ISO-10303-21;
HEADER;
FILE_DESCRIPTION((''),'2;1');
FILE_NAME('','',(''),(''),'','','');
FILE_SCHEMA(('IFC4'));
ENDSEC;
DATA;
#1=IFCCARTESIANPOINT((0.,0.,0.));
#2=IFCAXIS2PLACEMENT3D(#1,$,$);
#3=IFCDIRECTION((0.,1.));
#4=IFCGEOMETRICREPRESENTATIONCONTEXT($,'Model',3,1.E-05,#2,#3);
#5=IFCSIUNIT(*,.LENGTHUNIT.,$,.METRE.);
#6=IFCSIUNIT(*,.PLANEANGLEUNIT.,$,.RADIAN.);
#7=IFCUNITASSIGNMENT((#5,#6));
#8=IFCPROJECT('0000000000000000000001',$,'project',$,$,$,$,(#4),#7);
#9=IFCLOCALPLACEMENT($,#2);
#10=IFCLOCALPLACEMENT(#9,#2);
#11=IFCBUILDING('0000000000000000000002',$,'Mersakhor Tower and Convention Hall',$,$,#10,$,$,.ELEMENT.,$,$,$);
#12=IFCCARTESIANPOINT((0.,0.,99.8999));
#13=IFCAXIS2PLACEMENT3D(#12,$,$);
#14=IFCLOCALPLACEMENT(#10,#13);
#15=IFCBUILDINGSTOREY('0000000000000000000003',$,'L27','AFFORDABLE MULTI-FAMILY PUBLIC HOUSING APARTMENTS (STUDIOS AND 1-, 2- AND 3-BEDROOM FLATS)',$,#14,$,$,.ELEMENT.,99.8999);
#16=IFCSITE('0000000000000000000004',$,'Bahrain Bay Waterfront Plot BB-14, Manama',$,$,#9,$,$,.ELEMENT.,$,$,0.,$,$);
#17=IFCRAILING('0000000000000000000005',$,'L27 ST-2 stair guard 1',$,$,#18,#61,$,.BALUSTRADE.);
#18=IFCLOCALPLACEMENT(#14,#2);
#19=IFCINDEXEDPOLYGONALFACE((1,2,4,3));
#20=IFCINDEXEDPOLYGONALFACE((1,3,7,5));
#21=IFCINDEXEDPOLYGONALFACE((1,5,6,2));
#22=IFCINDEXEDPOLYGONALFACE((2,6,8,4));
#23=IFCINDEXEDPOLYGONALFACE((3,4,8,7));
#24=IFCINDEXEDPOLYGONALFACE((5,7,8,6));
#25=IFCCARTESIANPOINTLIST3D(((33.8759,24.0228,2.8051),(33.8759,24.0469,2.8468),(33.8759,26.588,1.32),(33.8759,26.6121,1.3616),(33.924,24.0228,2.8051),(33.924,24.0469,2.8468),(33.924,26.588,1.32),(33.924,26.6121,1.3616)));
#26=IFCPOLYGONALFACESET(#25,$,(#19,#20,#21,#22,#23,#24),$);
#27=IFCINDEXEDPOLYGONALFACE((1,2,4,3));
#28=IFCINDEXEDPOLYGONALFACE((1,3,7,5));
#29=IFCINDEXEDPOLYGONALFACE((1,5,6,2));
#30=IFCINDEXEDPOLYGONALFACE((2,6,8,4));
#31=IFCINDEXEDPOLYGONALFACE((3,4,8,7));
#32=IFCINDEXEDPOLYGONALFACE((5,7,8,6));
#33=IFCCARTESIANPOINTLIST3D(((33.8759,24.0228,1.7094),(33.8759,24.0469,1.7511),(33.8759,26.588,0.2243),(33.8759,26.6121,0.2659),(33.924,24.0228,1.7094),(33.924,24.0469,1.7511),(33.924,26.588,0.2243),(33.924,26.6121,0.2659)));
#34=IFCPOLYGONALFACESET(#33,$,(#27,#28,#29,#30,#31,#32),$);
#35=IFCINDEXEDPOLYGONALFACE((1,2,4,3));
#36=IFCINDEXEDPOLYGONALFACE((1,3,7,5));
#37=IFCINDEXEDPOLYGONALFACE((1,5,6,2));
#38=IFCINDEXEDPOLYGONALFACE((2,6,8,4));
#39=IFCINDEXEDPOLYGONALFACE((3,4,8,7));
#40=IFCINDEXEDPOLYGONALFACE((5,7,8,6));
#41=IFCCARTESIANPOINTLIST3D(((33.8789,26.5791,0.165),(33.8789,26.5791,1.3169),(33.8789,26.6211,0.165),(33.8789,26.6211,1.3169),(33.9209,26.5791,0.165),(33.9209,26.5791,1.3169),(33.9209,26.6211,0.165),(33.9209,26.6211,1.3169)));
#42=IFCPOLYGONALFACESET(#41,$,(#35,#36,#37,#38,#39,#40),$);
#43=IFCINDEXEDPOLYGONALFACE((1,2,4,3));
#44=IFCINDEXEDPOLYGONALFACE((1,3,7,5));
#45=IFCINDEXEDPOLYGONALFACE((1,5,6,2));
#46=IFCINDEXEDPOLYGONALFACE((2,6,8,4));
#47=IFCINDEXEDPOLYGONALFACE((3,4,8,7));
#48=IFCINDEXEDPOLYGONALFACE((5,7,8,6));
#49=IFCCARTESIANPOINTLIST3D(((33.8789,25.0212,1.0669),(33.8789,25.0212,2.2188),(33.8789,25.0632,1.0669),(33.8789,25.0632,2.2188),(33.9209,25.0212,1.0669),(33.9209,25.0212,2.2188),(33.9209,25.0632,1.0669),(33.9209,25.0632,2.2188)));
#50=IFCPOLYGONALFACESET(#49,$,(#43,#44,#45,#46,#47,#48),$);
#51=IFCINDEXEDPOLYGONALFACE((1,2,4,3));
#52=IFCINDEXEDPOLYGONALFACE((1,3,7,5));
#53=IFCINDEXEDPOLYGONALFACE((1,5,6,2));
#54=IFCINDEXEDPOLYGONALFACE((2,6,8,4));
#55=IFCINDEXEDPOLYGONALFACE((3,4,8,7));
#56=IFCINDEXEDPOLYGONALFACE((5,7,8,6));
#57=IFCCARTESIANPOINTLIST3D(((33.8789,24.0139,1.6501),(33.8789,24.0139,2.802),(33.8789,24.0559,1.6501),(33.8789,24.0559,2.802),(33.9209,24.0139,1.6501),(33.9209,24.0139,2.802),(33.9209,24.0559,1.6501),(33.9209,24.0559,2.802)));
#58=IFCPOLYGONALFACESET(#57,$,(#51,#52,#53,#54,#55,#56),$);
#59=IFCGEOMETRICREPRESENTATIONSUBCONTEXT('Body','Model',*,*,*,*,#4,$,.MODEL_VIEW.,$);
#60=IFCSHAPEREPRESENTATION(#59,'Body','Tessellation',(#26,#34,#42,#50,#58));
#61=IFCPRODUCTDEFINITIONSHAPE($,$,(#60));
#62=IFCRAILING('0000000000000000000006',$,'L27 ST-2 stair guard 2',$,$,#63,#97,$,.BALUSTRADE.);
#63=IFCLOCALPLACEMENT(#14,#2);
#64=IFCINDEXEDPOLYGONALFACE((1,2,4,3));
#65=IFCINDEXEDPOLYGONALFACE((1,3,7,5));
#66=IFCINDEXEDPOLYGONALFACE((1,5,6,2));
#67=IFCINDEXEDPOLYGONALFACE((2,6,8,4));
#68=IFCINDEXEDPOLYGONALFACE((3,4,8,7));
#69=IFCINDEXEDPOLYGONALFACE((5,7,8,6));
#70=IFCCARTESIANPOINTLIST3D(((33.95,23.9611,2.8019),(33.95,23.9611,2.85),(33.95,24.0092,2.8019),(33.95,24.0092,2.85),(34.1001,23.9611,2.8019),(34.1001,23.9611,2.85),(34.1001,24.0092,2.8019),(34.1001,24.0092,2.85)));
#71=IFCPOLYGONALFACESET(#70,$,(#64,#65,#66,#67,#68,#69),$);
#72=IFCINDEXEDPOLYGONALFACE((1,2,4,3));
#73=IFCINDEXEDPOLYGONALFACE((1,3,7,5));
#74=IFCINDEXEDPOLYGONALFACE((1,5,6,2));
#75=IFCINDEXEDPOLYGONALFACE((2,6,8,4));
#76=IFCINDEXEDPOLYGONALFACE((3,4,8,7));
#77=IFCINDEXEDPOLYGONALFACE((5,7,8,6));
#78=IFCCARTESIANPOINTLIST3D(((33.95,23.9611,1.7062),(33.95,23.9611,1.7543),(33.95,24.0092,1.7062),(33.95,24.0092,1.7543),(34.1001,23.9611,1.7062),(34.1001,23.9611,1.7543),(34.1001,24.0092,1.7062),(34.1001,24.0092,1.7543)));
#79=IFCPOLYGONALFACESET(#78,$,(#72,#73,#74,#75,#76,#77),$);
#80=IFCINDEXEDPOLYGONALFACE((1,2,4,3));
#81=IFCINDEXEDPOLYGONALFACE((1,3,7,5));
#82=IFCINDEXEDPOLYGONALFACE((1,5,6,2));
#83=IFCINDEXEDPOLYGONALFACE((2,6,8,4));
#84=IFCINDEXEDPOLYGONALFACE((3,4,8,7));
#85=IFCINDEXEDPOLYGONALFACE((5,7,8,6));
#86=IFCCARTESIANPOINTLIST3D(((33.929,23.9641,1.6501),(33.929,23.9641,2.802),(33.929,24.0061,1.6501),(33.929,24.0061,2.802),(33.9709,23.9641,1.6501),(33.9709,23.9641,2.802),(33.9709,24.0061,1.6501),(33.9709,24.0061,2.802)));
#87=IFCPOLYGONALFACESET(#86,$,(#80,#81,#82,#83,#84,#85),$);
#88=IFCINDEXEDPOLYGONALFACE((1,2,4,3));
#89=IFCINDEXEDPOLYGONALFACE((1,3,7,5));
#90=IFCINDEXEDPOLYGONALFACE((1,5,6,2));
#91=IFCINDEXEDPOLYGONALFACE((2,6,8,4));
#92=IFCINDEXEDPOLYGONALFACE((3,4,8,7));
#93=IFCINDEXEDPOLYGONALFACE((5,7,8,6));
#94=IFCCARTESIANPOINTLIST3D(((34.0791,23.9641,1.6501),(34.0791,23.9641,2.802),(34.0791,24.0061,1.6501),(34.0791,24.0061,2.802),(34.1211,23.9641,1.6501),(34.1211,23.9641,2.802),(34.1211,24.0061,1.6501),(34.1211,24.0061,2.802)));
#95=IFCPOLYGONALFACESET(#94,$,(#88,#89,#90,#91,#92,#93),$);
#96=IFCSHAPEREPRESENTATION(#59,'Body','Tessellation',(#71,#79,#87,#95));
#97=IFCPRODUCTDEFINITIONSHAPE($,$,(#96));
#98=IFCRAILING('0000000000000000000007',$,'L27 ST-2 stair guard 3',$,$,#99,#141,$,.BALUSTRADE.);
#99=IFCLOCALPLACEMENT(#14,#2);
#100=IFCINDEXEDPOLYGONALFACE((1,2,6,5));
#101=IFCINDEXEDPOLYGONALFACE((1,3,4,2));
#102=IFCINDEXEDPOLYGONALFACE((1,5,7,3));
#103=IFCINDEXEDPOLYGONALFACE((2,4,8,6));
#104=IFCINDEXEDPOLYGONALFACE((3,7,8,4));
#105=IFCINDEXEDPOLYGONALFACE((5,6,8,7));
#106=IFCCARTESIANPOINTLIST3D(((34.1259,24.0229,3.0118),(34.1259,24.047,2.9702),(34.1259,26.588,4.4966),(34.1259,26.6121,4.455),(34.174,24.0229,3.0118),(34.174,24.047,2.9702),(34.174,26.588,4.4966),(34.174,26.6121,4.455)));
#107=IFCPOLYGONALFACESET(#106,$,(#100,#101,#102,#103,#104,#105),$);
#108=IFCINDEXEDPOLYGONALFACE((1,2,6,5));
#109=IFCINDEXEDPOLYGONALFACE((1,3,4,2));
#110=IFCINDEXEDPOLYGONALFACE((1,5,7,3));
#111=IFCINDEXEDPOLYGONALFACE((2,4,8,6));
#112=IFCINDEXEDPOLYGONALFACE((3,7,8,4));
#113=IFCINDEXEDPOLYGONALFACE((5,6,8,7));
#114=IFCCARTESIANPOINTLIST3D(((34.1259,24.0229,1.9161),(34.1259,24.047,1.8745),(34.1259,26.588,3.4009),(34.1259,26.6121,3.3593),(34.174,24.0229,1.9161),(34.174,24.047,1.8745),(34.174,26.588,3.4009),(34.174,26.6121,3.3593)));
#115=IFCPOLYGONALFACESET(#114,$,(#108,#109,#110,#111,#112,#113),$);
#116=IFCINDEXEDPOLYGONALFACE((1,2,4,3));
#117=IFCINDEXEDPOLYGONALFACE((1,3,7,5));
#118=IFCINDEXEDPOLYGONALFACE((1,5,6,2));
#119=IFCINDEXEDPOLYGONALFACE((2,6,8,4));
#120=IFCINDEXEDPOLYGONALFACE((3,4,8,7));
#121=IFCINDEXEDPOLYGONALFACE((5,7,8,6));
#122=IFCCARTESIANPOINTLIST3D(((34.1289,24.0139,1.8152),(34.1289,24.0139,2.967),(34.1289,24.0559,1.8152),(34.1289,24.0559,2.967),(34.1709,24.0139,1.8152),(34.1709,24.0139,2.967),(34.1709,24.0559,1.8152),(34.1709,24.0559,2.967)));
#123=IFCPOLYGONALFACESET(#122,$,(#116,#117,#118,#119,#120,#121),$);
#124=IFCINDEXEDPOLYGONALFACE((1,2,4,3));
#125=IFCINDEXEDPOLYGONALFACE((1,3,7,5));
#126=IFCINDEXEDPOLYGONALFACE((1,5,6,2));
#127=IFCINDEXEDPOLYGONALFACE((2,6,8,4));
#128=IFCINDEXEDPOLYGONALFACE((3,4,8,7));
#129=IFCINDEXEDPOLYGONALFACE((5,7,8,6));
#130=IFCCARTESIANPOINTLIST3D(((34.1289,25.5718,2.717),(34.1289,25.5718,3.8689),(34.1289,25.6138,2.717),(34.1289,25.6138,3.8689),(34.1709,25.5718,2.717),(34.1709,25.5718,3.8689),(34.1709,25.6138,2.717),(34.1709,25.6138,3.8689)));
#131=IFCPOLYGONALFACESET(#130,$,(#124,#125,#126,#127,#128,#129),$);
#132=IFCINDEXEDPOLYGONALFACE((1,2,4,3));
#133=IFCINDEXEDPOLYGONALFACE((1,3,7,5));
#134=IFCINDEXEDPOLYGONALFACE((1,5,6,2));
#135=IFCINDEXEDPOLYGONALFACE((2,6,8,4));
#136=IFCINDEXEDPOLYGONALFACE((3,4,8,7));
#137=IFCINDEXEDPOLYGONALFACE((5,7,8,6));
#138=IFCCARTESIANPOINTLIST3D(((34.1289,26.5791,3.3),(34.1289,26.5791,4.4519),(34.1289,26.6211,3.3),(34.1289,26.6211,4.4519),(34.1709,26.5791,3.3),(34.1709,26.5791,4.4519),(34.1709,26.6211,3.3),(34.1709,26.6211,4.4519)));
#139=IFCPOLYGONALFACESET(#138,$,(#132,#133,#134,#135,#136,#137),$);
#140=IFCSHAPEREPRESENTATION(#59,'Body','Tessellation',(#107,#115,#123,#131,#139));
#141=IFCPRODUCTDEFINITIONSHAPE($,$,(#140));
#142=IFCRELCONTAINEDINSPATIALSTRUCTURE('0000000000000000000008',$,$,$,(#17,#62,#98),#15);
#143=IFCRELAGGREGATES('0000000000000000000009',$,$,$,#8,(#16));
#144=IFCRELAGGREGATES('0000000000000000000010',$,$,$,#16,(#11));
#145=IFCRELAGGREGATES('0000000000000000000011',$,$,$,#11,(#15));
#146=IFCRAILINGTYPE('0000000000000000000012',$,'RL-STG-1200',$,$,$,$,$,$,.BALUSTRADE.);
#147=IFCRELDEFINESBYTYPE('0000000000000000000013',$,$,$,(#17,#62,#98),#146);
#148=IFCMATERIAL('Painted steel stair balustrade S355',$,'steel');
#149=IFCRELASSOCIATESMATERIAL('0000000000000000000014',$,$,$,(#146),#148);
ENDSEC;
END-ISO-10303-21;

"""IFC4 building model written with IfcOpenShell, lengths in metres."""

from ifc_helpers import new_model, si_unit, direction, frame, origin, origin_2d, place, context, subcontext, project, spatial, rectangle, extrude, material, type_object, element, save


model = new_model("IFC4")

# Units and contexts
model_context = context("Model", 3, precision=1e-05, world=origin(), true_north=direction((0.0, 1.0)))
body_context = subcontext(model_context, "Body", "Model", "MODEL_VIEW")
ifc_project = project(units=[si_unit("LENGTHUNIT", "METRE"), si_unit("PLANEANGLEUNIT", "RADIAN")], contexts=[model_context])

# Site, building, storey
site_placement = place(None, origin())
site = spatial("IfcSite", under=ifc_project, at=site_placement, Name="Bahrain Bay Waterfront Plot BB-14, Manama", CompositionType="ELEMENT", RefElevation=0.0)
building_placement = place(site_placement, origin())
building = spatial("IfcBuilding", under=site, at=building_placement, Name="Mersakhor Tower and Convention Hall", CompositionType="ELEMENT")
storey_placement = place(building_placement, frame((0.0, 0.0, 99.8999)))
storey = spatial("IfcBuildingStorey", under=building, at=storey_placement, Name="L27", Description="AFFORDABLE MULTI-FAMILY PUBLIC HOUSING APARTMENTS (STUDIOS AND 1-, 2- AND 3-BEDROOM FLATS)", CompositionType="ELEMENT", Elevation=99.8999)

# Railings
ifc_material_1 = material(Name="Painted steel stair balustrade S355", Category="steel")
railing_type = type_object("IfcRailingType", Name="RL-STG-1200", PredefinedType="BALUSTRADE", material=ifc_material_1)
railing_1_placement = place(storey_placement, frame((33.8999, 26.6001, 0.165)))
element("IfcRailing", 1, at=railing_1_placement, inside=storey, type_object=railing_type, Name="L27 ST-2 stair guard 1", PredefinedType="BALUSTRADE", context=body_context, shape_type="SweptSolid", body=[
    extrude(rectangle(XDim=0.0481, YDim=0.0481, at=origin_2d()), frame((0.0, 0.0, 1.1758), z_axis=(0.0, -0.865426, 0.501036), x_axis=(1.0, 0.0, 0.0)), (0.0, 0.0, 1.0), 2.9641),
    extrude(rectangle(XDim=0.0481, YDim=0.0481, at=origin_2d()), frame((0.0, 0.0, 0.0801), z_axis=(0.0, -0.865426, 0.501036), x_axis=(1.0, 0.0, 0.0)), (0.0, 0.0, 1.0), 2.9641),
    extrude(rectangle(XDim=0.042, YDim=0.042, at=origin_2d()), origin(), (0.0, 0.0, 1.0), 1.1519),
    extrude(rectangle(XDim=0.042, YDim=0.042, at=origin_2d()), frame((0.0, -1.5579, 0.9019)), (0.0, 0.0, 1.0), 1.1519),
    extrude(rectangle(XDim=0.042, YDim=0.042, at=origin_2d()), frame((0.0, -2.5652, 1.4851)), (0.0, 0.0, 1.0), 1.1519),
])
railing_2_placement = place(storey_placement, frame((33.95, 23.9851, 1.6501)))
element("IfcRailing", 2, at=railing_2_placement, inside=storey, type_object=railing_type, Name="L27 ST-2 stair guard 2", PredefinedType="BALUSTRADE", context=body_context, shape_type="SweptSolid", body=[
    extrude(rectangle(XDim=0.0481, YDim=0.0481, at=origin_2d()), frame((0.0, 0.0, 1.1758), z_axis=(1.0, 0.0, 0.0), x_axis=(0.0, 1.0, 0.0)), (0.0, 0.0, 1.0), 0.1501),
    extrude(rectangle(XDim=0.0481, YDim=0.0481, at=origin_2d()), frame((0.0, 0.0, 0.0801), z_axis=(1.0, 0.0, 0.0), x_axis=(0.0, 1.0, 0.0)), (0.0, 0.0, 1.0), 0.1501),
    extrude(rectangle(XDim=0.042, YDim=0.042, at=origin_2d()), origin(), (0.0, 0.0, 1.0), 1.1519),
    extrude(rectangle(XDim=0.042, YDim=0.042, at=origin_2d()), frame((0.1501, 0.0, 0.0)), (0.0, 0.0, 1.0), 1.1519),
])
railing_3_placement = place(storey_placement, frame((34.1499, 24.0349, 1.8152)))
element("IfcRailing", 3, at=railing_3_placement, inside=storey, type_object=railing_type, Name="L27 ST-2 stair guard 3", PredefinedType="BALUSTRADE", context=body_context, shape_type="SweptSolid", body=[
    extrude(rectangle(XDim=0.0481, YDim=0.0481, at=origin_2d()), frame((0.0, 0.0, 1.1758), z_axis=(0.0, 0.865462, 0.500975), x_axis=(-1.0, 0.0, 0.0)), (0.0, 0.0, 1.0), 2.9639),
    extrude(rectangle(XDim=0.0481, YDim=0.0481, at=origin_2d()), frame((0.0, 0.0, 0.0801), z_axis=(0.0, 0.865462, 0.500975), x_axis=(-1.0, 0.0, 0.0)), (0.0, 0.0, 1.0), 2.9639),
    extrude(rectangle(XDim=0.042, YDim=0.042, at=origin_2d()), origin(), (0.0, 0.0, 1.0), 1.1519),
    extrude(rectangle(XDim=0.042, YDim=0.042, at=origin_2d()), frame((0.0, 1.5579, 0.9019)), (0.0, 0.0, 1.0), 1.1519),
    extrude(rectangle(XDim=0.042, YDim=0.042, at=origin_2d()), frame((0.0, 2.5652, 1.4849)), (0.0, 0.0, 1.0), 1.1519),
])

save(model, "model.ifc")
